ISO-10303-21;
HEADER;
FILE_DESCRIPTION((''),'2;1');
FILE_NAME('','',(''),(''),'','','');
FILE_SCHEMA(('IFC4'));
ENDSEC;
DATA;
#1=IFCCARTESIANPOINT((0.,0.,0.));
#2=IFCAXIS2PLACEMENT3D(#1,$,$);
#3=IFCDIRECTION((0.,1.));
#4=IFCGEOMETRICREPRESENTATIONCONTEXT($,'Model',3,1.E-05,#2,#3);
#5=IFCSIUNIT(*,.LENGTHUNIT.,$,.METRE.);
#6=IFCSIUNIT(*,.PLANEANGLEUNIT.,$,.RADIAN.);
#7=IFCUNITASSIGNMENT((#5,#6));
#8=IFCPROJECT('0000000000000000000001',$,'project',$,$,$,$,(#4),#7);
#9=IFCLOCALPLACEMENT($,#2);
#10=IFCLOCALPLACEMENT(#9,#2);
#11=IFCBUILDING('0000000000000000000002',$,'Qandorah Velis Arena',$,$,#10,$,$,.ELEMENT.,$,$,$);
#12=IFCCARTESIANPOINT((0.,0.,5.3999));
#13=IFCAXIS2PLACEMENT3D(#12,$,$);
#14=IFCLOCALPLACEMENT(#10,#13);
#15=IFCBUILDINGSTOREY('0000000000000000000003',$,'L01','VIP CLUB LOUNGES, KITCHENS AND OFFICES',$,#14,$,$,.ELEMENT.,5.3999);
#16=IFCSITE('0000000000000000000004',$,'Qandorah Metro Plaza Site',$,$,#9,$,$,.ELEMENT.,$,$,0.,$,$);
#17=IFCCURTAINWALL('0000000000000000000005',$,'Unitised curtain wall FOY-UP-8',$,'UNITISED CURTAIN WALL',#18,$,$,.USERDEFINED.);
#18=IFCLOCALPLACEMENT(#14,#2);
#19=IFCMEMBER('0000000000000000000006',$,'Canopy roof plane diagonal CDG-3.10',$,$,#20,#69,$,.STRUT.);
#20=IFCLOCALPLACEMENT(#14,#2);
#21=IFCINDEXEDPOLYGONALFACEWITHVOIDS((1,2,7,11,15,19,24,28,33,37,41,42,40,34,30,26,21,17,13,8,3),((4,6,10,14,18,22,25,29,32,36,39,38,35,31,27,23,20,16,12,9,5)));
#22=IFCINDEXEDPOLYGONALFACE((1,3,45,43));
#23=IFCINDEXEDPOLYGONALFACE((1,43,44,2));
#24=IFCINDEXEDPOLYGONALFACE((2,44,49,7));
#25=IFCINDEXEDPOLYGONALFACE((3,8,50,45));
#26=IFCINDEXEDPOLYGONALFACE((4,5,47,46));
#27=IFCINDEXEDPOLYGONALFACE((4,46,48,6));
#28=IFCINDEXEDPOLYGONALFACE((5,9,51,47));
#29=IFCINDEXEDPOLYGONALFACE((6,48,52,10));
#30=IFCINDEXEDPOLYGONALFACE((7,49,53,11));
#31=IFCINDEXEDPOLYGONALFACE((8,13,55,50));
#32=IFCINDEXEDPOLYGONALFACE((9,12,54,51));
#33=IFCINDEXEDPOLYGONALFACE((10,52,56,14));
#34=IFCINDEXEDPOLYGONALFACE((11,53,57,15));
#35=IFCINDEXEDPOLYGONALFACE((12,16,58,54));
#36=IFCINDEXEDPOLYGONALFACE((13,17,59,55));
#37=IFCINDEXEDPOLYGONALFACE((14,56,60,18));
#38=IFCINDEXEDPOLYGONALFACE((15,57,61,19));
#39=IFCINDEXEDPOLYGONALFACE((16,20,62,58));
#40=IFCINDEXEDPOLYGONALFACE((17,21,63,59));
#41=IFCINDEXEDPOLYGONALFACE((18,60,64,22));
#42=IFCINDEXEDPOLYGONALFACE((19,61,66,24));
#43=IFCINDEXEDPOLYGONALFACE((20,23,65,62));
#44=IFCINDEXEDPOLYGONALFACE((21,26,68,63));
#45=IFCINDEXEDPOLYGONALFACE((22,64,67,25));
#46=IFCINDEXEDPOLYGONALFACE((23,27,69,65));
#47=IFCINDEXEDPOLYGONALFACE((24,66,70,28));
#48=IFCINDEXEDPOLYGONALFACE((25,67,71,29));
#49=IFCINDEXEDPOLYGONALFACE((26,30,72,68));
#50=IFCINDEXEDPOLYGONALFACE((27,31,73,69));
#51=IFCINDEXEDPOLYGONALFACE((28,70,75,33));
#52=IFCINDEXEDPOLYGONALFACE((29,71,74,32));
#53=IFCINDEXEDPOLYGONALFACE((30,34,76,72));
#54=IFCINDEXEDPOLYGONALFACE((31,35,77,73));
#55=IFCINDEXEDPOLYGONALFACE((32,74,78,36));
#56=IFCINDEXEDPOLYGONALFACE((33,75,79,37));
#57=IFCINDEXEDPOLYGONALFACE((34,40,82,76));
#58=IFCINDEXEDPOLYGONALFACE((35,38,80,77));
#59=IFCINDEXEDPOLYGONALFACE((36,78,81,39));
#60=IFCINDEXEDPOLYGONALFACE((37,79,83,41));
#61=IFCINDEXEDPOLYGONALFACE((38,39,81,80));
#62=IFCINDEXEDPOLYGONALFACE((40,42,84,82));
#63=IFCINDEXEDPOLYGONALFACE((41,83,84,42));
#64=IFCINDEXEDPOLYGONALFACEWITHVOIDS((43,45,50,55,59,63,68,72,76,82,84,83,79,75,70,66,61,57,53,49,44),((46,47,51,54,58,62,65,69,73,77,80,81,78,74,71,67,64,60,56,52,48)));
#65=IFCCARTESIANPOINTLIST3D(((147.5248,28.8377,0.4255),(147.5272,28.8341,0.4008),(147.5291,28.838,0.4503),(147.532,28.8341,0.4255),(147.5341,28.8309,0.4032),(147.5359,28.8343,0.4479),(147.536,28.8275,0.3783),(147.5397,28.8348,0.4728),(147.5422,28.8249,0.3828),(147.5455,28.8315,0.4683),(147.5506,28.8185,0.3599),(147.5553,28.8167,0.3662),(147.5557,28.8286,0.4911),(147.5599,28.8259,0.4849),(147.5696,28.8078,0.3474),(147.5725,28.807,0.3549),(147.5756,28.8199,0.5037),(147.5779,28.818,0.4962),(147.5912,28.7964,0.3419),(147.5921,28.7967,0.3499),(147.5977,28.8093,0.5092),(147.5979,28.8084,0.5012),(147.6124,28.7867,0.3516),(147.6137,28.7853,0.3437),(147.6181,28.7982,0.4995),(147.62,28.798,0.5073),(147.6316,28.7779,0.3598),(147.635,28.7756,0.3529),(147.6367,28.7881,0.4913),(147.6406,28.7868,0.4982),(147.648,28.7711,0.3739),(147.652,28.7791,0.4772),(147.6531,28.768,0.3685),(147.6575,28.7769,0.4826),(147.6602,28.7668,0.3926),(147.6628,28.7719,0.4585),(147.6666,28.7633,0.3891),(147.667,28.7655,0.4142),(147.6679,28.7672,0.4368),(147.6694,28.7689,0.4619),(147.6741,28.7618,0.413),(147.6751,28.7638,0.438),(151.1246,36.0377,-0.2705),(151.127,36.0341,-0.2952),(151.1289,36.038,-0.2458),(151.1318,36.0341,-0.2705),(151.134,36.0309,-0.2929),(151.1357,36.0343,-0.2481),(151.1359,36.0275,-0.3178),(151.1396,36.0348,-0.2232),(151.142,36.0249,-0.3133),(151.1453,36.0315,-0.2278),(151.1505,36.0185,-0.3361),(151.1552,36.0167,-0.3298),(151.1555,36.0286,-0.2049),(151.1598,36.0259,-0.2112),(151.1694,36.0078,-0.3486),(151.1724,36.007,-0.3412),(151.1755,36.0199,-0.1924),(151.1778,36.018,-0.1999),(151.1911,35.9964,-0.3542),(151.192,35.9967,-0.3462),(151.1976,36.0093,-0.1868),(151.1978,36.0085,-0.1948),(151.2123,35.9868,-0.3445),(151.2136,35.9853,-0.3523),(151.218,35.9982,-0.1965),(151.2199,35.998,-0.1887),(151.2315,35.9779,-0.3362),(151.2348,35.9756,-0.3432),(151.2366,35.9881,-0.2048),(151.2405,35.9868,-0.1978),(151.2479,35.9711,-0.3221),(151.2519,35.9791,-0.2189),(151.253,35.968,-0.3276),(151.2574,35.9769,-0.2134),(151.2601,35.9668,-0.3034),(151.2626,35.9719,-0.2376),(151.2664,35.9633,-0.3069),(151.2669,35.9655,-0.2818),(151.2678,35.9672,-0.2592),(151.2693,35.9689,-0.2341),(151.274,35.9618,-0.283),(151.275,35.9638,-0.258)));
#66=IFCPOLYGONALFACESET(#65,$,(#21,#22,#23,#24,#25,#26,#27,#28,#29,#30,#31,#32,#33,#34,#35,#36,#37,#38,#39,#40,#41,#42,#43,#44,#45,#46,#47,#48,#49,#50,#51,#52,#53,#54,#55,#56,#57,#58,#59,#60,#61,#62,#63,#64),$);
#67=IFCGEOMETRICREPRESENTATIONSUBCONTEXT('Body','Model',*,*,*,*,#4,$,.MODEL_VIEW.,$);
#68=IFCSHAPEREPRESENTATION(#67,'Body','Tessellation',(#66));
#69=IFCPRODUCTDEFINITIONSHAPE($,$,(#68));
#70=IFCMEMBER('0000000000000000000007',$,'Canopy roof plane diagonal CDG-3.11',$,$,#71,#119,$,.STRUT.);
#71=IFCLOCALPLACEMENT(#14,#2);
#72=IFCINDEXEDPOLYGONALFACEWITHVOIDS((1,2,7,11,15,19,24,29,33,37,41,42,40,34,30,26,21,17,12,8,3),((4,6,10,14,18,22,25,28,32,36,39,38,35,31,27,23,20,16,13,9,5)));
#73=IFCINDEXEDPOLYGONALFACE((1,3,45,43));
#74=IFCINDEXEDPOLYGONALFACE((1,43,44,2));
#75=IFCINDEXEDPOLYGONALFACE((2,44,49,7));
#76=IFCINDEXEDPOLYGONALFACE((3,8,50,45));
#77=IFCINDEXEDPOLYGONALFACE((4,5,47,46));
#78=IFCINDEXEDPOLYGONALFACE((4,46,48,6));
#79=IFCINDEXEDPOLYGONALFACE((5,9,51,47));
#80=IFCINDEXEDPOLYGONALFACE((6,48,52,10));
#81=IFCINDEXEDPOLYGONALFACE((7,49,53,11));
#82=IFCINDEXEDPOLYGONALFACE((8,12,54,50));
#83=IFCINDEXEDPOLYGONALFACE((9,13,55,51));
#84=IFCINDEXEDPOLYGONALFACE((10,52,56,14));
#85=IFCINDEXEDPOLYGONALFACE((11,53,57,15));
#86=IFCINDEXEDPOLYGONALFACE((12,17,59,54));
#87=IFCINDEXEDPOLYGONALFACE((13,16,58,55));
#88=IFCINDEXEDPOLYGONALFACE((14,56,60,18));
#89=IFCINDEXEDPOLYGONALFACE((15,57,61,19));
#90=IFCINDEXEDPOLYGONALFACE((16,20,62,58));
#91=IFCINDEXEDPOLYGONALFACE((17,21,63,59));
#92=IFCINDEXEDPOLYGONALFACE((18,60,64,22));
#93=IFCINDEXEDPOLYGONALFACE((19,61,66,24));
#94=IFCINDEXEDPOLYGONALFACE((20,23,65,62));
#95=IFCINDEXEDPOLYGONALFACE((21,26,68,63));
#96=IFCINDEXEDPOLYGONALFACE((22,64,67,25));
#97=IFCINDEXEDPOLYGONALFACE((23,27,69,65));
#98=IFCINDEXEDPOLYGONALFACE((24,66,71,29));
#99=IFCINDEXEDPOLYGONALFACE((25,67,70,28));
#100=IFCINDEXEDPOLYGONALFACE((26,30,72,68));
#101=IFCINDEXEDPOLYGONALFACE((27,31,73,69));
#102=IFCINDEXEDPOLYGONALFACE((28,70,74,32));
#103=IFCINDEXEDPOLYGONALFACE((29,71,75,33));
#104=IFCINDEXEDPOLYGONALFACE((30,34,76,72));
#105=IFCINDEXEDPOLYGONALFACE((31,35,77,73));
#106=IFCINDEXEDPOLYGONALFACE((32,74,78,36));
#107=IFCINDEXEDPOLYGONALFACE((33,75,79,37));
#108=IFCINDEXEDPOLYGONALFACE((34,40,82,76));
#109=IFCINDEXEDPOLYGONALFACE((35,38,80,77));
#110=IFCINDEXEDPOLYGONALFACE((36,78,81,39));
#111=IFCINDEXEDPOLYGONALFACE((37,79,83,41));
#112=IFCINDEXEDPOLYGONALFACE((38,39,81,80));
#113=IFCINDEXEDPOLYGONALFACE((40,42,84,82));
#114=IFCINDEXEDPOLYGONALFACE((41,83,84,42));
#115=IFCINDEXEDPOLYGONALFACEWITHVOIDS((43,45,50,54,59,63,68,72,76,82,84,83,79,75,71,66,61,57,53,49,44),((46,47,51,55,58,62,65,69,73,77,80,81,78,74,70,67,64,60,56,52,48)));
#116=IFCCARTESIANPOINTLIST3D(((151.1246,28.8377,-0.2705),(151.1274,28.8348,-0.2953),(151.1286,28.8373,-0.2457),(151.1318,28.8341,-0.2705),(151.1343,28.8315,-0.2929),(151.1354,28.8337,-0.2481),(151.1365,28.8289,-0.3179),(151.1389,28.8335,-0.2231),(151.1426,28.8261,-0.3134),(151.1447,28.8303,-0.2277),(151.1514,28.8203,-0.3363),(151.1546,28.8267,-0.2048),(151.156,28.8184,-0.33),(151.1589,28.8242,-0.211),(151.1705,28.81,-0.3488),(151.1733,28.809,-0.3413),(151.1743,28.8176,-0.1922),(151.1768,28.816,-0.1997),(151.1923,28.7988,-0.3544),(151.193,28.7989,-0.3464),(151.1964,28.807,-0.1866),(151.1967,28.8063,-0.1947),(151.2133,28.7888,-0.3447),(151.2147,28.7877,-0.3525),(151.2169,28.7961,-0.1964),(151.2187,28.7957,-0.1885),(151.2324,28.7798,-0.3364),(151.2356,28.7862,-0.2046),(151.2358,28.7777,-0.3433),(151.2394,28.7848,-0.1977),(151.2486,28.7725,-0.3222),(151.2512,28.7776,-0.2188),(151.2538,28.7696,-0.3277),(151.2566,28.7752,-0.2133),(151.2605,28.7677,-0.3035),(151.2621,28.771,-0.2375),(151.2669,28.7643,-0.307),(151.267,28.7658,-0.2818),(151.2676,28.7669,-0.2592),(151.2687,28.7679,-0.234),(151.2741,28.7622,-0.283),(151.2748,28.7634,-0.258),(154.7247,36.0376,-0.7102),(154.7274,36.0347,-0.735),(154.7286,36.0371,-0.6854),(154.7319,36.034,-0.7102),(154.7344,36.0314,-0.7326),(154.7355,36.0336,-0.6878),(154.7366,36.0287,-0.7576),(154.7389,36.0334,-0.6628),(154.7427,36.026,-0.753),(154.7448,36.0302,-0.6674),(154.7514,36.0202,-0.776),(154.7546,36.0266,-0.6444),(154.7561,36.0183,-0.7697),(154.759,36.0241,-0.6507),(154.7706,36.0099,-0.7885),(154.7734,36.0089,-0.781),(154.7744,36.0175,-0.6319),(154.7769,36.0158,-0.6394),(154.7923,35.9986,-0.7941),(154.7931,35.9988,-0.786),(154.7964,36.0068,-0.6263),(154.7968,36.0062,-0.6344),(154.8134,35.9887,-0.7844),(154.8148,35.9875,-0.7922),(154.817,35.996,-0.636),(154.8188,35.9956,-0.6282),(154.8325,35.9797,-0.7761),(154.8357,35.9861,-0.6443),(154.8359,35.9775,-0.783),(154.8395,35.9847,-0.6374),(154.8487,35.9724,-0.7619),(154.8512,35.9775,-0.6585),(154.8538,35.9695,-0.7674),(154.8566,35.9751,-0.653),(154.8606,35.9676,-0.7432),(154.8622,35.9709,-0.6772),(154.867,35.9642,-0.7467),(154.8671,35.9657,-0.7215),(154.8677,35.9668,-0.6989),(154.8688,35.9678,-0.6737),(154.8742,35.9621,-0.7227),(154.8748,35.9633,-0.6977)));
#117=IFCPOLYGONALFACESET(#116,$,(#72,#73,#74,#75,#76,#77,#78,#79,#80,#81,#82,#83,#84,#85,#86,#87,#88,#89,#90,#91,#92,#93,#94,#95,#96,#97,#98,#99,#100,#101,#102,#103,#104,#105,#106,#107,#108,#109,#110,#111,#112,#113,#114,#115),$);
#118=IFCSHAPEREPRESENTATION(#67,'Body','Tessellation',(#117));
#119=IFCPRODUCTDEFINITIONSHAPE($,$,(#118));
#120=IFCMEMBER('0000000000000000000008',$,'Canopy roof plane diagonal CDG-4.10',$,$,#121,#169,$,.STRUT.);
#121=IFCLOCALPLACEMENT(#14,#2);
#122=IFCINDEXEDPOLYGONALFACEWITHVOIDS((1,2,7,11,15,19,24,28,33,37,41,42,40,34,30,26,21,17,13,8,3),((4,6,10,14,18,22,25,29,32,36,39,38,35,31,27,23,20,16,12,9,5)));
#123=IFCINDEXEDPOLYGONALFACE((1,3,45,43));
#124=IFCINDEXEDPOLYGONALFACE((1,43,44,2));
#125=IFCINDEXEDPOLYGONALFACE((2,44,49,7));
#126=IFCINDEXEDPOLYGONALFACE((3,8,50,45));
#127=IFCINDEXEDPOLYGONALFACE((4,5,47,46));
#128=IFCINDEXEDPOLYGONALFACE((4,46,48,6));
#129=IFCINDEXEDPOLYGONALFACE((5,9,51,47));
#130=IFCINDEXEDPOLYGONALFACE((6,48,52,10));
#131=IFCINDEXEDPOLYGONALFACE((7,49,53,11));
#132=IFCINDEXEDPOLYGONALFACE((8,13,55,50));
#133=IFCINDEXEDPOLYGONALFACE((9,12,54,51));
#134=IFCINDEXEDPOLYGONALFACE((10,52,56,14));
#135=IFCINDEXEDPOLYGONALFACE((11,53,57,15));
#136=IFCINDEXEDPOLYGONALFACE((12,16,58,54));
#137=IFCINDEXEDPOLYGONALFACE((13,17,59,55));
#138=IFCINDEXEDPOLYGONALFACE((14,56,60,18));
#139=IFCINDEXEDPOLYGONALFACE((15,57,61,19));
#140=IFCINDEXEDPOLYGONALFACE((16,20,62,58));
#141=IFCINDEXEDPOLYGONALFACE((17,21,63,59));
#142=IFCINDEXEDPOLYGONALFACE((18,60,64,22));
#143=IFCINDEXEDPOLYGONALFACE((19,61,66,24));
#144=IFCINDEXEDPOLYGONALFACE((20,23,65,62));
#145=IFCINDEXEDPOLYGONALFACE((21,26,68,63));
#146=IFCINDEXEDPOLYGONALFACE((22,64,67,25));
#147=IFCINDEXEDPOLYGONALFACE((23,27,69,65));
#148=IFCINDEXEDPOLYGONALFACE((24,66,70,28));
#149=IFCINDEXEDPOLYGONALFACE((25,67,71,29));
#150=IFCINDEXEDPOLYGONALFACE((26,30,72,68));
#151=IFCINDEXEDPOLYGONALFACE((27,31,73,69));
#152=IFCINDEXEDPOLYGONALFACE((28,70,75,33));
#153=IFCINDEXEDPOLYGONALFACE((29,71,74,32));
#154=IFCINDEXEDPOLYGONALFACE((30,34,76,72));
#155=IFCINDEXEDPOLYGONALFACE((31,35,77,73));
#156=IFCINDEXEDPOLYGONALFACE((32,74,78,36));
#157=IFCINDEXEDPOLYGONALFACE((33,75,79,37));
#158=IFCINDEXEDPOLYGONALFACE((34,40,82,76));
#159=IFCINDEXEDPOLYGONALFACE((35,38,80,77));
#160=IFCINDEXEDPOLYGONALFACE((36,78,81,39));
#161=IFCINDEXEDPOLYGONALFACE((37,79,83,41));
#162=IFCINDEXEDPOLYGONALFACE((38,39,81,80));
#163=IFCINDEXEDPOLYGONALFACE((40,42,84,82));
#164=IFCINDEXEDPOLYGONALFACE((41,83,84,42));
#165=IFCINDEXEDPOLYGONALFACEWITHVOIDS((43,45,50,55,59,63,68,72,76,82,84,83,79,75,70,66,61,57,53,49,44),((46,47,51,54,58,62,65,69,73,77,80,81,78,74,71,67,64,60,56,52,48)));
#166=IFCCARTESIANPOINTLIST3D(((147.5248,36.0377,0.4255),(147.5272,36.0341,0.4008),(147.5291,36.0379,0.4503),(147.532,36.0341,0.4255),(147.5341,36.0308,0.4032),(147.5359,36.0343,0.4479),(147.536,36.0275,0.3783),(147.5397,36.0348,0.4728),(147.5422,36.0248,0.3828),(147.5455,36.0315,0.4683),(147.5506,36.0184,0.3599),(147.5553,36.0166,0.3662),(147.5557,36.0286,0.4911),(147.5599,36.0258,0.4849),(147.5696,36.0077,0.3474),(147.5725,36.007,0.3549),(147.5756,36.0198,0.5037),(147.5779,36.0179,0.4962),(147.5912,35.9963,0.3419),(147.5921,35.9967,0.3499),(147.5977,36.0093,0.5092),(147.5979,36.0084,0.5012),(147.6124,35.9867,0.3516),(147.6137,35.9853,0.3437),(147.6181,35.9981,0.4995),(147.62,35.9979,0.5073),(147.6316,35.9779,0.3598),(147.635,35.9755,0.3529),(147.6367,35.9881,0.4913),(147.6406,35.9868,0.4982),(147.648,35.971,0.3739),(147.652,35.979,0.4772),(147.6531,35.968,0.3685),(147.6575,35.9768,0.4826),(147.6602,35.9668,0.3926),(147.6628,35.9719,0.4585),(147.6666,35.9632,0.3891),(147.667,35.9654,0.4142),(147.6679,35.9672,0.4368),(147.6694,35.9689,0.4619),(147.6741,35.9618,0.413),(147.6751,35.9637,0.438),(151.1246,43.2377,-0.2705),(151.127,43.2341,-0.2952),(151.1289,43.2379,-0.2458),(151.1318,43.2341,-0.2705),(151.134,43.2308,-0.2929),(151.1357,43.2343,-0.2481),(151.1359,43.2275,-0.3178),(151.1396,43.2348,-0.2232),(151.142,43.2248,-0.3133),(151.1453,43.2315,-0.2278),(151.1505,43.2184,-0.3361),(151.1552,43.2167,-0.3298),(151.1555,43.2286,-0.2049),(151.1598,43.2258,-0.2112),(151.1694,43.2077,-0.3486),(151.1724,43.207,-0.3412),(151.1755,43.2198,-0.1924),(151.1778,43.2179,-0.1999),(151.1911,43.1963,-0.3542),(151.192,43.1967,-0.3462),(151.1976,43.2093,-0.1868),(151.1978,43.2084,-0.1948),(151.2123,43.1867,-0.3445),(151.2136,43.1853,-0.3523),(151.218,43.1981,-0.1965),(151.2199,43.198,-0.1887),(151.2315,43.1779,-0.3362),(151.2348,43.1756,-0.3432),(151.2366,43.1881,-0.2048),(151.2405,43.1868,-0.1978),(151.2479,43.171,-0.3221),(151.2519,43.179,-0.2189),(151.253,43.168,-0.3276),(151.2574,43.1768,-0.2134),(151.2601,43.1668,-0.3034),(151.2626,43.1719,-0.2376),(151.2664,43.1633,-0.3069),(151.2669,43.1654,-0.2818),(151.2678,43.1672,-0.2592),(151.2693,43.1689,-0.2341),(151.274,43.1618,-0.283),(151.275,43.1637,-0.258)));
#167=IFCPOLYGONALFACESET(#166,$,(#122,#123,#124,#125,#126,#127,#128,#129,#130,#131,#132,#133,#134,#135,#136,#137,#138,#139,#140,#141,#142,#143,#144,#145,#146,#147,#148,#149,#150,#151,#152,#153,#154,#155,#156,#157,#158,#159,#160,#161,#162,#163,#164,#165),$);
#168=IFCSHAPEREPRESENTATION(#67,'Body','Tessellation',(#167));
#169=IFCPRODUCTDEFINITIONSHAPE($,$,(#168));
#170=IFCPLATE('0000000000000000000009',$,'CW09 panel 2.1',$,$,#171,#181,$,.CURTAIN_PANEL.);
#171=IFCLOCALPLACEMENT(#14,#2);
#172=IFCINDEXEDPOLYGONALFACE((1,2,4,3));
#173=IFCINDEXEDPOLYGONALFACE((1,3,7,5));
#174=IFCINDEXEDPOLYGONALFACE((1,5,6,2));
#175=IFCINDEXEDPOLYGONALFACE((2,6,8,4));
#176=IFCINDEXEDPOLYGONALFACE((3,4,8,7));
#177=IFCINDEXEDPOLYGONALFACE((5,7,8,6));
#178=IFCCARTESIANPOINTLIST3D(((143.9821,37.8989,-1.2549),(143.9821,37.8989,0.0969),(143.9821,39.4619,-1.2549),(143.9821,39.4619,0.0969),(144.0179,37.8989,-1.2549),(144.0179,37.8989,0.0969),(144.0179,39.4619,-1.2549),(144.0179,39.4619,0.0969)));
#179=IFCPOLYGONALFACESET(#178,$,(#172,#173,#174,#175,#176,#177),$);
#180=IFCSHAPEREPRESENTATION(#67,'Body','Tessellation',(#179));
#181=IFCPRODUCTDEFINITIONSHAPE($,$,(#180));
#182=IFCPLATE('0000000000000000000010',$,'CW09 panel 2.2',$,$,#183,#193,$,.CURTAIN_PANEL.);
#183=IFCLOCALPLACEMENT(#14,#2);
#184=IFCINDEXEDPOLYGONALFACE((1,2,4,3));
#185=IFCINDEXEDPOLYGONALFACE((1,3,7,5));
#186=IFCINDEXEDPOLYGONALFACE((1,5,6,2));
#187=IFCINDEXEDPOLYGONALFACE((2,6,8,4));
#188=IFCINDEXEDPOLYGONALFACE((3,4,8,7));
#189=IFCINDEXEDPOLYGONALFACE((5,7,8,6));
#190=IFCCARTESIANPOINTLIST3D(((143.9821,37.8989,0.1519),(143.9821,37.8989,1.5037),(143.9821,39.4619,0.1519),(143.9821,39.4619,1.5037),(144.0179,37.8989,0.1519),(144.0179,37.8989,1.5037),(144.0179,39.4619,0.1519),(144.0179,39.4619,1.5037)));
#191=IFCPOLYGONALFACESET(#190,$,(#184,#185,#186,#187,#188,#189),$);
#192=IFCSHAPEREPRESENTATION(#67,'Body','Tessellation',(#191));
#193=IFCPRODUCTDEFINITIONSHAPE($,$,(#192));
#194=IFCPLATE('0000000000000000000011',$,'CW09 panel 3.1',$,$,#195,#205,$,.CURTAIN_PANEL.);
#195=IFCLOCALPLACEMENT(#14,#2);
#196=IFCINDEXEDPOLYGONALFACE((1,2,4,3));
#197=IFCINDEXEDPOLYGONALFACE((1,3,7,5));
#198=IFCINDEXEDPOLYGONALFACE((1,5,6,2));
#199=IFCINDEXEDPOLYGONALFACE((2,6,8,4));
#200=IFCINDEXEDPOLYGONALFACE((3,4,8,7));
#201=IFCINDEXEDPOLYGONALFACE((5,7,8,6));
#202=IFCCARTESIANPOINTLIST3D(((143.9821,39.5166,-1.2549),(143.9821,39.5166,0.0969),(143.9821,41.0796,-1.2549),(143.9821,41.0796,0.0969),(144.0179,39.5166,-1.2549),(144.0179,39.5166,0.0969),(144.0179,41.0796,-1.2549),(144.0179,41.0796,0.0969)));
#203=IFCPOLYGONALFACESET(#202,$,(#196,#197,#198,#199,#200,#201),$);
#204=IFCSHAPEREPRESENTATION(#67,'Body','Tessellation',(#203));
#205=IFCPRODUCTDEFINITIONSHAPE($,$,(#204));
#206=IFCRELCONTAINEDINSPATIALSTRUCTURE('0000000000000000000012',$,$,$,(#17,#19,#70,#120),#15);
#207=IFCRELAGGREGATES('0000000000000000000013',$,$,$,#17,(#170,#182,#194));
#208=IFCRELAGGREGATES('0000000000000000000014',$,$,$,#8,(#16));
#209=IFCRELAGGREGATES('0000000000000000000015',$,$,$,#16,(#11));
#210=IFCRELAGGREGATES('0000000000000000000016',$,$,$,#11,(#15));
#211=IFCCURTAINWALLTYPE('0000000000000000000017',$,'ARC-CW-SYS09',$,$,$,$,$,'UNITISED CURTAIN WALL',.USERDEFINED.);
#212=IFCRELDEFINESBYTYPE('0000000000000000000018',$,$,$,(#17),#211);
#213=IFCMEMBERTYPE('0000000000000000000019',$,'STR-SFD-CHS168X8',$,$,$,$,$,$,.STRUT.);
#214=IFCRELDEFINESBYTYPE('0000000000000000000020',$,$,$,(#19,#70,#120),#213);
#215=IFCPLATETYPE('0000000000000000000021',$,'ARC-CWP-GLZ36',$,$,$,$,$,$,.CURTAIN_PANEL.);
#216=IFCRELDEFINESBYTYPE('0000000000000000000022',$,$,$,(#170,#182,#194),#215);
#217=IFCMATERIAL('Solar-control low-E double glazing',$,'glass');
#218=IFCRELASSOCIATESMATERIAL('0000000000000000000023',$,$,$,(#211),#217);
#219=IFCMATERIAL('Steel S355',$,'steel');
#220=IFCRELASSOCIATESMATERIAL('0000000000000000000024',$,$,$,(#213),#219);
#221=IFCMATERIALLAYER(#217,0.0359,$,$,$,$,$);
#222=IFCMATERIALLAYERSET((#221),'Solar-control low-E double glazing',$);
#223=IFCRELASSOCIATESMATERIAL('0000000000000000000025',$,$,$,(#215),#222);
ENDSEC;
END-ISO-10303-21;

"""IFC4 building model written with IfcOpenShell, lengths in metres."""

from ifc_helpers import new_model, si_unit, direction, frame, origin, origin_2d, place, context, subcontext, project, spatial, rectangle, hollow_circle, extrude, material, layer, layer_set, material_profile, profile_set, type_object, element, aggregate, save


model = new_model("IFC4")

# Units and contexts
model_context = context("Model", 3, precision=1e-05, world=origin(), true_north=direction((0.0, 1.0)))
body_context = subcontext(model_context, "Body", "Model", "MODEL_VIEW")
ifc_project = project(units=[si_unit("LENGTHUNIT", "METRE"), si_unit("PLANEANGLEUNIT", "RADIAN")], contexts=[model_context])

# Site, building, storey
site_placement = place(None, origin())
site = spatial("IfcSite", under=ifc_project, at=site_placement, Name="Qandorah Metro Plaza Site", CompositionType="ELEMENT", RefElevation=0.0)
building_placement = place(site_placement, origin())
building = spatial("IfcBuilding", under=site, at=building_placement, Name="Qandorah Velis Arena", CompositionType="ELEMENT")
storey_placement = place(building_placement, frame((0.0, 0.0, 5.3999)))
storey = spatial("IfcBuildingStorey", under=building, at=storey_placement, Name="L01", Description="VIP CLUB LOUNGES, KITCHENS AND OFFICES", CompositionType="ELEMENT", Elevation=5.3999)

# Curtain wall
ifc_material_1 = material(Name="Solar-control low-E double glazing", Category="glass")
curtain_wall_type = type_object("IfcCurtainWallType", Name="ARC-CW-SYS09", ElementType="UNITISED CURTAIN WALL", PredefinedType="USERDEFINED", material=ifc_material_1)
curtain_wall_placement = place(storey_placement, origin())
curtain_wall = element("IfcCurtainWall", 1, at=curtain_wall_placement, inside=storey, type_object=curtain_wall_type, Name="Unitised curtain wall FOY-UP-8", ObjectType="UNITISED CURTAIN WALL", PredefinedType="USERDEFINED")

# Shared definitions
ifc_material_2 = material(Name="Steel S355", Category="steel")

# Members
ifc_material_profile_1 = material_profile(ifc_material_2, hollow_circle(Radius=0.0842, WallThickness=0.0081, at=origin_2d()), Name="CHS 168.3x8")
ifc_profile_set_1 = profile_set([ifc_material_profile_1], Name="Steel S355")
member_type_1 = type_object("IfcMemberType", Name="STR-SFD-CHS168X8", PredefinedType="STRUT", material=ifc_profile_set_1)
member_1_placement = place(storey_placement, frame((147.6001, 28.8, 0.4255), z_axis=(0.445539, 0.891108, -0.086147), x_axis=(-0.894433, 0.447201, 0.0)))
element("IfcMember", 2, at=member_1_placement, inside=storey, type_object=member_type_1, Name="Canopy roof plane diagonal CDG-3.10", PredefinedType="STRUT", context=body_context, shape_type="SweptSolid", body=[
    extrude(hollow_circle(Radius=0.0842, WallThickness=0.0081, at=origin_2d()), origin(), (0.0, 0.0, 1.0), 8.0798),
])
member_2_placement = place(storey_placement, frame((151.2, 28.8, -0.2705), z_axis=(0.44656, 0.89309, -0.054541), x_axis=(-0.894421, 0.447226, 0.0)))
element("IfcMember", 3, at=member_2_placement, inside=storey, type_object=member_type_1, Name="Canopy roof plane diagonal CDG-3.11", PredefinedType="STRUT", context=body_context, shape_type="SweptSolid", body=[
    extrude(hollow_circle(Radius=0.0842, WallThickness=0.0081, at=origin_2d()), origin(), (0.0, 0.0, 1.0), 8.0618),
])
member_3_placement = place(storey_placement, frame((147.6001, 36.0, 0.4255), z_axis=(0.445539, 0.891108, -0.086147), x_axis=(-0.894433, 0.447201, 0.0)))
element("IfcMember", 4, at=member_3_placement, inside=storey, type_object=member_type_1, Name="Canopy roof plane diagonal CDG-4.10", PredefinedType="STRUT", context=body_context, shape_type="SweptSolid", body=[
    extrude(hollow_circle(Radius=0.0842, WallThickness=0.0081, at=origin_2d()), origin(), (0.0, 0.0, 1.0), 8.0798),
])

# Plates
ifc_layer_1 = layer(ifc_material_1, 0.0359)
ifc_layer_set_1 = layer_set([ifc_layer_1], Name="Solar-control low-E double glazing")
plate_type = type_object("IfcPlateType", Name="ARC-CWP-GLZ36", PredefinedType="CURTAIN_PANEL", material=ifc_layer_set_1)
plate_1_placement = place(storey_placement, frame((144.0, 38.6804, -1.2549), z_axis=(0.0, 0.0, 1.0), x_axis=(0.0, 1.0, 0.0)))
plate_1 = element("IfcPlate", 5, at=plate_1_placement, type_object=plate_type, Name="CW09 panel 2.1", PredefinedType="CURTAIN_PANEL", context=body_context, shape_type="SweptSolid", body=[
    extrude(rectangle(XDim=1.563, YDim=0.0359, at=origin_2d()), origin(), (0.0, 0.0, 1.0), 1.3518),
])
plate_2_placement = place(storey_placement, frame((144.0, 38.6804, 0.1519), z_axis=(0.0, 0.0, 1.0), x_axis=(0.0, 1.0, 0.0)))
plate_2 = element("IfcPlate", 6, at=plate_2_placement, type_object=plate_type, Name="CW09 panel 2.2", PredefinedType="CURTAIN_PANEL", context=body_context, shape_type="SweptSolid", body=[
    extrude(rectangle(XDim=1.563, YDim=0.0359, at=origin_2d()), origin(), (0.0, 0.0, 1.0), 1.3518),
])
plate_3_placement = place(storey_placement, frame((144.0, 40.2981, -1.2549), z_axis=(0.0, 0.0, 1.0), x_axis=(0.0, 1.0, 0.0)))
plate_3 = element("IfcPlate", 7, at=plate_3_placement, type_object=plate_type, Name="CW09 panel 3.1", PredefinedType="CURTAIN_PANEL", context=body_context, shape_type="SweptSolid", body=[
    extrude(rectangle(XDim=1.563, YDim=0.0359, at=origin_2d()), origin(), (0.0, 0.0, 1.0), 1.3518),
])
aggregate(curtain_wall, [plate_1, plate_2, plate_3])

save(model, "model.ifc")
